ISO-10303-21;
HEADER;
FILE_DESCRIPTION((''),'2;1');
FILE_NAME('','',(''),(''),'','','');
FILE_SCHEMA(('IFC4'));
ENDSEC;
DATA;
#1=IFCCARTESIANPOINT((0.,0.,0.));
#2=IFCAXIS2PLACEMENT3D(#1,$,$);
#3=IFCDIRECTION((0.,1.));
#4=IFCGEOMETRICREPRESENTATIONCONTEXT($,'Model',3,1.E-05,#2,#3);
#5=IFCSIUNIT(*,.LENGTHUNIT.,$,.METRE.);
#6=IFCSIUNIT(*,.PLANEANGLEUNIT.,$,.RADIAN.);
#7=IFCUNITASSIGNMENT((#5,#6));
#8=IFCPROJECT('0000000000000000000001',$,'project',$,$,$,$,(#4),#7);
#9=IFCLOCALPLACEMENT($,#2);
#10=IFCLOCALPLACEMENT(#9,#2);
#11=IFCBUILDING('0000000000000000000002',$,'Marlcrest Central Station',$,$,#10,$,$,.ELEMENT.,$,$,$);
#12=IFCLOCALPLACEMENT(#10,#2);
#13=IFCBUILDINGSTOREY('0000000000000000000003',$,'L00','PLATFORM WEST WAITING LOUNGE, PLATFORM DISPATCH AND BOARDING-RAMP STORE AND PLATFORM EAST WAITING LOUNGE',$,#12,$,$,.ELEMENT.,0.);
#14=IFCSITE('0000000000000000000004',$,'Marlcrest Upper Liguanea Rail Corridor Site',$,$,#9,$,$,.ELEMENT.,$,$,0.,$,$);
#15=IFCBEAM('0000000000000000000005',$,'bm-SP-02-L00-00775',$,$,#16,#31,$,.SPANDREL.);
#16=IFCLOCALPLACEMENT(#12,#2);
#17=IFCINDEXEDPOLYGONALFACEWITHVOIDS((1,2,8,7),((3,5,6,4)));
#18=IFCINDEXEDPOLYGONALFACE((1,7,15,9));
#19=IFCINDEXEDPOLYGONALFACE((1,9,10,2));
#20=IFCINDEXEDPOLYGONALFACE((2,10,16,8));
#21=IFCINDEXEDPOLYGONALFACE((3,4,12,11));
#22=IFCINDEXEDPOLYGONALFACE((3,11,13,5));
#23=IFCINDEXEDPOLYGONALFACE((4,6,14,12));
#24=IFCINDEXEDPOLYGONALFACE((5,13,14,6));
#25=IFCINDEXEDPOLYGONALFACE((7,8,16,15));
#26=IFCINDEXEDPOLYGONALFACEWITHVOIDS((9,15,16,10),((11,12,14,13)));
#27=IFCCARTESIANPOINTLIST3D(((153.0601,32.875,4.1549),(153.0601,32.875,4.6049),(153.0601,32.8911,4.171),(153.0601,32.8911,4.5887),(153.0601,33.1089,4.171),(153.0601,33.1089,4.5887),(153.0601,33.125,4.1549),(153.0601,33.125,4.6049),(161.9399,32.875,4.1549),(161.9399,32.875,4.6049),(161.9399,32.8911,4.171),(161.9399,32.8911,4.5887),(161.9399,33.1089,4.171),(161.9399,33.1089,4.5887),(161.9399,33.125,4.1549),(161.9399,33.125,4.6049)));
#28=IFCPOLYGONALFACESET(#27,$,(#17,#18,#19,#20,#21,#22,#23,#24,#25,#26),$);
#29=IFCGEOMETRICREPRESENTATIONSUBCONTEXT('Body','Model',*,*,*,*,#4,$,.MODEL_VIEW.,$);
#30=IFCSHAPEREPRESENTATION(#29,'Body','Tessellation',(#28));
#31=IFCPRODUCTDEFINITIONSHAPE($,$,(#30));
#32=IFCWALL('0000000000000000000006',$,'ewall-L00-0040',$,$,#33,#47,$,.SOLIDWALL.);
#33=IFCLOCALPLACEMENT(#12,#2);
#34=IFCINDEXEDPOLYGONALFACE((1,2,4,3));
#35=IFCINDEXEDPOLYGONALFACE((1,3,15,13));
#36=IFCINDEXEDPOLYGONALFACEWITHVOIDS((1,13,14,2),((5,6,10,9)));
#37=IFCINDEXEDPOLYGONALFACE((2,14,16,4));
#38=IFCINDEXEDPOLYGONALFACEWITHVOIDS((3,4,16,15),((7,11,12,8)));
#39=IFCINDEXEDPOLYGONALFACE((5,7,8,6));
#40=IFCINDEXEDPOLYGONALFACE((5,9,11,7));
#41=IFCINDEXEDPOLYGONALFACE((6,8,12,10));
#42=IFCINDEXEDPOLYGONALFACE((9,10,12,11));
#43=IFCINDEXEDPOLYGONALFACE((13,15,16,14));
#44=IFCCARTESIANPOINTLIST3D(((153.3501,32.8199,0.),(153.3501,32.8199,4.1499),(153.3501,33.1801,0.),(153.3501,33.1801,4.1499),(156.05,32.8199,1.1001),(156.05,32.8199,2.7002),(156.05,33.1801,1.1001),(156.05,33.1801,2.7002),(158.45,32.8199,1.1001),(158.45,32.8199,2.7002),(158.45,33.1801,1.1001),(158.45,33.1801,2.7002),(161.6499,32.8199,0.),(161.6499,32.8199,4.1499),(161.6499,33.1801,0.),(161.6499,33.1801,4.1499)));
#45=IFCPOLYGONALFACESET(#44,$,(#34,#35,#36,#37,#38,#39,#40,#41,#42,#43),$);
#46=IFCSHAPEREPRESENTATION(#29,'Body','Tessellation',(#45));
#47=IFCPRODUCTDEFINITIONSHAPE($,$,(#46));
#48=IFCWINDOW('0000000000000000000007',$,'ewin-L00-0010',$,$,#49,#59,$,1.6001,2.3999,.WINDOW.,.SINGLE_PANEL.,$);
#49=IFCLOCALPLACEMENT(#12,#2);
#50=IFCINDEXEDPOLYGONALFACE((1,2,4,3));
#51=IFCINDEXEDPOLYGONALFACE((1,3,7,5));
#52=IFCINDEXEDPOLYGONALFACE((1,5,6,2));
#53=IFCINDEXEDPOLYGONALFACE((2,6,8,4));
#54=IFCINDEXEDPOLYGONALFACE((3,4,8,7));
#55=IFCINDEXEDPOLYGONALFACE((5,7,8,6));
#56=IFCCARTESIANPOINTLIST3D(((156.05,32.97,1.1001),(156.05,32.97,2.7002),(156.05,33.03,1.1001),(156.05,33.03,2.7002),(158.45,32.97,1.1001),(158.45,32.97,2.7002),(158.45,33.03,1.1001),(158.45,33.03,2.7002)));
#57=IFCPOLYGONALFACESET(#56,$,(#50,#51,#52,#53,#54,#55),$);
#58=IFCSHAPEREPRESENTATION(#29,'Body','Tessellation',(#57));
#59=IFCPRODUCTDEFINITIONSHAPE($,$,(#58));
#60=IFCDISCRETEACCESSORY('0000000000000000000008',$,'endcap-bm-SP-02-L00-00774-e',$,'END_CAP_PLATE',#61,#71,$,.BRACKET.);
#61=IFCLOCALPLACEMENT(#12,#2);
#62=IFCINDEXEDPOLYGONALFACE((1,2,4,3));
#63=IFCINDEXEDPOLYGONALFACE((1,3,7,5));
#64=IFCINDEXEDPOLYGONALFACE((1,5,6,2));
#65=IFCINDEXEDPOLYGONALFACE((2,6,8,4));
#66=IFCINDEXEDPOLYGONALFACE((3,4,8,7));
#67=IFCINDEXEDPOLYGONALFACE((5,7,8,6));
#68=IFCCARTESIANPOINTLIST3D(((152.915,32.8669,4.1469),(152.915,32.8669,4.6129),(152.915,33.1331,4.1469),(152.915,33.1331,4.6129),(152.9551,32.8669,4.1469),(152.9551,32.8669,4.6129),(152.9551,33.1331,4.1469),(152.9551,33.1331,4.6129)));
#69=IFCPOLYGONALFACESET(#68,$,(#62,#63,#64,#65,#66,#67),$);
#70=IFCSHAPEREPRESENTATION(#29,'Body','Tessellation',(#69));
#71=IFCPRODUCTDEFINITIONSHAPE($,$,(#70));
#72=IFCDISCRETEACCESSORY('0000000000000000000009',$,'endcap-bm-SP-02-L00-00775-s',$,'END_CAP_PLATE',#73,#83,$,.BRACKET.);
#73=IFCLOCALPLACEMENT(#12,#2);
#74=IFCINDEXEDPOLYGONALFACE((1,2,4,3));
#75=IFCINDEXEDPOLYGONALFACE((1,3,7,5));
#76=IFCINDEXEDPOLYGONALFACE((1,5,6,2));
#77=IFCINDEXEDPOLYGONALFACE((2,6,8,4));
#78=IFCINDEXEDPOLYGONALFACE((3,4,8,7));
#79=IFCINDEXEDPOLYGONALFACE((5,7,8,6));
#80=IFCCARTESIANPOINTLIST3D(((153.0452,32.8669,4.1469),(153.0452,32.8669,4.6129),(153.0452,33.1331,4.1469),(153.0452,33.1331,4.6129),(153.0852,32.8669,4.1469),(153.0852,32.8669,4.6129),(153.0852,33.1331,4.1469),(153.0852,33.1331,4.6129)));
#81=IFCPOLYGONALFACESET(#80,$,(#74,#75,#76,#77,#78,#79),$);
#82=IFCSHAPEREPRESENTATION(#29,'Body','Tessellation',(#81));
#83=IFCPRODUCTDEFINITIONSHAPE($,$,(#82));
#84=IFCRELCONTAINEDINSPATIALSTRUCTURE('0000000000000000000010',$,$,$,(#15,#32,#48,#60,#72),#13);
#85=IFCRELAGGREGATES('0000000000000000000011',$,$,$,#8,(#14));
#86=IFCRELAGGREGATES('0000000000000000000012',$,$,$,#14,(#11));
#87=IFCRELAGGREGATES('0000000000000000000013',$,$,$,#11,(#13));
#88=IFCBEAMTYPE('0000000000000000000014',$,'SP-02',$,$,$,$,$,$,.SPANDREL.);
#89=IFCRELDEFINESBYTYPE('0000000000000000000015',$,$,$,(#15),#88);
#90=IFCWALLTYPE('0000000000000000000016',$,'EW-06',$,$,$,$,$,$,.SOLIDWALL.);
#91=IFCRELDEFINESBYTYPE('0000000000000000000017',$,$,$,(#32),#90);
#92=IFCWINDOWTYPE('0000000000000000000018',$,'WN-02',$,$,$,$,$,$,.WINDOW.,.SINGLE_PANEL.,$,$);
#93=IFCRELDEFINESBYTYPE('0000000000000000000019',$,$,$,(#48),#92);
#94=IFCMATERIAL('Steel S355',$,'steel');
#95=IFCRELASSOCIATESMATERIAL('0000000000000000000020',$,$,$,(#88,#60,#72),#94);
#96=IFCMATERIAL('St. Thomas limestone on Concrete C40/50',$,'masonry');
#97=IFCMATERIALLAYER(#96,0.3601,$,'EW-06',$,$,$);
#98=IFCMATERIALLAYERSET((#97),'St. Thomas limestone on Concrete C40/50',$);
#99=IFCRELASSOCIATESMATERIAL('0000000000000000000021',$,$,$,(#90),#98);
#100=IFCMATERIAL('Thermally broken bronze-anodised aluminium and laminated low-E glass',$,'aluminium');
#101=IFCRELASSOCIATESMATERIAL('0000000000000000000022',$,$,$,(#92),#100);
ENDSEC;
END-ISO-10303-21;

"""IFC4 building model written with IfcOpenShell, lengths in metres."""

from ifc_helpers import new_model, si_unit, direction, frame, frame_2d, origin, origin_2d, place, context, subcontext, project, spatial, rectangle, hollow_rectangle, extrude, material, layer, layer_set, material_profile, profile_set, type_object, element, fill, save


model = new_model("IFC4")

# Units and contexts
model_context = context("Model", 3, precision=1e-05, world=origin(), true_north=direction((0.0, 1.0)))
body_context = subcontext(model_context, "Body", "Model", "MODEL_VIEW")
ifc_project = project(units=[si_unit("LENGTHUNIT", "METRE"), si_unit("PLANEANGLEUNIT", "RADIAN")], contexts=[model_context])

# Site, building, storey
site_placement = place(None, origin())
site = spatial("IfcSite", under=ifc_project, at=site_placement, Name="Marlcrest Upper Liguanea Rail Corridor Site", CompositionType="ELEMENT", RefElevation=0.0)
building_placement = place(site_placement, origin())
building = spatial("IfcBuilding", under=site, at=building_placement, Name="Marlcrest Central Station", CompositionType="ELEMENT")
storey_placement = place(building_placement, origin())
storey = spatial("IfcBuildingStorey", under=building, at=storey_placement, Name="L00", Description="PLATFORM WEST WAITING LOUNGE, PLATFORM DISPATCH AND BOARDING-RAMP STORE AND PLATFORM EAST WAITING LOUNGE", CompositionType="ELEMENT", Elevation=0.0)

# Beam
ifc_material_1 = material(Name="Steel S355", Category="steel")
ifc_material_profile_1 = material_profile(ifc_material_1, hollow_rectangle(XDim=0.25, YDim=0.45, WallThickness=0.0161, at=origin_2d()), Name="RHS 450x250x16")
ifc_profile_set_1 = profile_set([ifc_material_profile_1], Name="Steel S355")
beam_type_1 = type_object("IfcBeamType", Name="SP-02", PredefinedType="SPANDREL", material=ifc_profile_set_1)
beam_1_placement = place(storey_placement, frame((153.0601, 33.0, 4.3799), z_axis=(1.0, 0.0, 0.0), x_axis=(0.0, 1.0, 0.0)))
element("IfcBeam", 1, at=beam_1_placement, inside=storey, type_object=beam_type_1, Name="bm-SP-02-L00-00775", PredefinedType="SPANDREL", context=body_context, shape_type="SweptSolid", body=[
    extrude(hollow_rectangle(XDim=0.25, YDim=0.45, WallThickness=0.0161, at=origin_2d()), origin(), (0.0, 0.0, 1.0), 8.8799),
])

# Wall, opening, window
ifc_material_2 = material(Name="St. Thomas limestone on Concrete C40/50", Category="masonry")
ifc_layer = layer(ifc_material_2, 0.3601, Name="EW-06")
ifc_layer_set = layer_set([ifc_layer], Name="St. Thomas limestone on Concrete C40/50")
wall_type = type_object("IfcWallType", Name="EW-06", PredefinedType="SOLIDWALL", material=ifc_layer_set)
wall_placement = place(storey_placement, frame((153.3501, 33.0, 0.0), z_axis=(0.0, 0.0, 1.0), x_axis=(1.0, 0.0, 0.0)))
wall = element("IfcWall", 2, at=wall_placement, inside=storey, type_object=wall_type, Name="ewall-L00-0040", PredefinedType="SOLIDWALL", context=body_context, shape_type="SweptSolid", body=[
    extrude(rectangle(XDim=8.2998, YDim=0.3601, at=frame_2d((4.1499, 0.0))), origin(), (0.0, 0.0, 1.0), 4.1499),
])
opening_placement = place(wall_placement, frame((2.7, 0.0, 1.1001)))
opening = element("IfcOpeningElement", 3, at=opening_placement, cuts=wall, PredefinedType="OPENING", context=body_context, shape_type="SweptSolid", body=[
    extrude(rectangle(XDim=2.3999, YDim=1.6001, at=frame_2d((1.2, 0.8))), frame((0.0, 0.1899, 0.0), z_axis=(0.0, -1.0, 0.0), x_axis=(1.0, 0.0, 0.0)), (0.0, 0.0, 1.0), 0.3801),
])
ifc_material_3 = material(Name="Thermally broken bronze-anodised aluminium and laminated low-E glass", Category="aluminium")
window_type = type_object("IfcWindowType", Name="WN-02", PartitioningType="SINGLE_PANEL", PredefinedType="WINDOW", material=ifc_material_3)
window_placement = place(opening_placement, origin())
window = element("IfcWindow", 4, at=window_placement, inside=storey, type_object=window_type, Name="ewin-L00-0010", OverallHeight=1.6001, OverallWidth=2.3999, PartitioningType="SINGLE_PANEL", PredefinedType="WINDOW", context=body_context, shape_type="SweptSolid", body=[
    extrude(rectangle(XDim=2.3999, YDim=1.6001, at=frame_2d((1.2, 0.8))), frame((0.0, 0.03, 0.0), z_axis=(0.0, -1.0, 0.0), x_axis=(1.0, 0.0, 0.0)), (0.0, 0.0, 1.0), 0.0601),
])
fill(opening, window)

# Discrete accessories
for number, where, z_axis, x_axis, name in (
    (5, (152.915, 33.0, 4.3799), (1.0, 0.0, 0.0), (0.0, 1.0, 0.0), "endcap-bm-SP-02-L00-00774-e"),
    (6, (153.0452, 33.0, 4.3799), (1.0, 0.0, 0.0), (0.0, 1.0, 0.0), "endcap-bm-SP-02-L00-00775-s"),
):
    element("IfcDiscreteAccessory", number, at=place(storey_placement, frame(where, z_axis=z_axis, x_axis=x_axis)), inside=storey, material=ifc_material_1, Name=name, ObjectType="END_CAP_PLATE", PredefinedType="BRACKET", context=body_context, shape_type="SweptSolid", body=[
        extrude(rectangle(XDim=0.2661, YDim=0.4661, at=origin_2d()), origin(), (0.0, 0.0, 1.0), 0.04),
    ])

save(model, "model.ifc")
